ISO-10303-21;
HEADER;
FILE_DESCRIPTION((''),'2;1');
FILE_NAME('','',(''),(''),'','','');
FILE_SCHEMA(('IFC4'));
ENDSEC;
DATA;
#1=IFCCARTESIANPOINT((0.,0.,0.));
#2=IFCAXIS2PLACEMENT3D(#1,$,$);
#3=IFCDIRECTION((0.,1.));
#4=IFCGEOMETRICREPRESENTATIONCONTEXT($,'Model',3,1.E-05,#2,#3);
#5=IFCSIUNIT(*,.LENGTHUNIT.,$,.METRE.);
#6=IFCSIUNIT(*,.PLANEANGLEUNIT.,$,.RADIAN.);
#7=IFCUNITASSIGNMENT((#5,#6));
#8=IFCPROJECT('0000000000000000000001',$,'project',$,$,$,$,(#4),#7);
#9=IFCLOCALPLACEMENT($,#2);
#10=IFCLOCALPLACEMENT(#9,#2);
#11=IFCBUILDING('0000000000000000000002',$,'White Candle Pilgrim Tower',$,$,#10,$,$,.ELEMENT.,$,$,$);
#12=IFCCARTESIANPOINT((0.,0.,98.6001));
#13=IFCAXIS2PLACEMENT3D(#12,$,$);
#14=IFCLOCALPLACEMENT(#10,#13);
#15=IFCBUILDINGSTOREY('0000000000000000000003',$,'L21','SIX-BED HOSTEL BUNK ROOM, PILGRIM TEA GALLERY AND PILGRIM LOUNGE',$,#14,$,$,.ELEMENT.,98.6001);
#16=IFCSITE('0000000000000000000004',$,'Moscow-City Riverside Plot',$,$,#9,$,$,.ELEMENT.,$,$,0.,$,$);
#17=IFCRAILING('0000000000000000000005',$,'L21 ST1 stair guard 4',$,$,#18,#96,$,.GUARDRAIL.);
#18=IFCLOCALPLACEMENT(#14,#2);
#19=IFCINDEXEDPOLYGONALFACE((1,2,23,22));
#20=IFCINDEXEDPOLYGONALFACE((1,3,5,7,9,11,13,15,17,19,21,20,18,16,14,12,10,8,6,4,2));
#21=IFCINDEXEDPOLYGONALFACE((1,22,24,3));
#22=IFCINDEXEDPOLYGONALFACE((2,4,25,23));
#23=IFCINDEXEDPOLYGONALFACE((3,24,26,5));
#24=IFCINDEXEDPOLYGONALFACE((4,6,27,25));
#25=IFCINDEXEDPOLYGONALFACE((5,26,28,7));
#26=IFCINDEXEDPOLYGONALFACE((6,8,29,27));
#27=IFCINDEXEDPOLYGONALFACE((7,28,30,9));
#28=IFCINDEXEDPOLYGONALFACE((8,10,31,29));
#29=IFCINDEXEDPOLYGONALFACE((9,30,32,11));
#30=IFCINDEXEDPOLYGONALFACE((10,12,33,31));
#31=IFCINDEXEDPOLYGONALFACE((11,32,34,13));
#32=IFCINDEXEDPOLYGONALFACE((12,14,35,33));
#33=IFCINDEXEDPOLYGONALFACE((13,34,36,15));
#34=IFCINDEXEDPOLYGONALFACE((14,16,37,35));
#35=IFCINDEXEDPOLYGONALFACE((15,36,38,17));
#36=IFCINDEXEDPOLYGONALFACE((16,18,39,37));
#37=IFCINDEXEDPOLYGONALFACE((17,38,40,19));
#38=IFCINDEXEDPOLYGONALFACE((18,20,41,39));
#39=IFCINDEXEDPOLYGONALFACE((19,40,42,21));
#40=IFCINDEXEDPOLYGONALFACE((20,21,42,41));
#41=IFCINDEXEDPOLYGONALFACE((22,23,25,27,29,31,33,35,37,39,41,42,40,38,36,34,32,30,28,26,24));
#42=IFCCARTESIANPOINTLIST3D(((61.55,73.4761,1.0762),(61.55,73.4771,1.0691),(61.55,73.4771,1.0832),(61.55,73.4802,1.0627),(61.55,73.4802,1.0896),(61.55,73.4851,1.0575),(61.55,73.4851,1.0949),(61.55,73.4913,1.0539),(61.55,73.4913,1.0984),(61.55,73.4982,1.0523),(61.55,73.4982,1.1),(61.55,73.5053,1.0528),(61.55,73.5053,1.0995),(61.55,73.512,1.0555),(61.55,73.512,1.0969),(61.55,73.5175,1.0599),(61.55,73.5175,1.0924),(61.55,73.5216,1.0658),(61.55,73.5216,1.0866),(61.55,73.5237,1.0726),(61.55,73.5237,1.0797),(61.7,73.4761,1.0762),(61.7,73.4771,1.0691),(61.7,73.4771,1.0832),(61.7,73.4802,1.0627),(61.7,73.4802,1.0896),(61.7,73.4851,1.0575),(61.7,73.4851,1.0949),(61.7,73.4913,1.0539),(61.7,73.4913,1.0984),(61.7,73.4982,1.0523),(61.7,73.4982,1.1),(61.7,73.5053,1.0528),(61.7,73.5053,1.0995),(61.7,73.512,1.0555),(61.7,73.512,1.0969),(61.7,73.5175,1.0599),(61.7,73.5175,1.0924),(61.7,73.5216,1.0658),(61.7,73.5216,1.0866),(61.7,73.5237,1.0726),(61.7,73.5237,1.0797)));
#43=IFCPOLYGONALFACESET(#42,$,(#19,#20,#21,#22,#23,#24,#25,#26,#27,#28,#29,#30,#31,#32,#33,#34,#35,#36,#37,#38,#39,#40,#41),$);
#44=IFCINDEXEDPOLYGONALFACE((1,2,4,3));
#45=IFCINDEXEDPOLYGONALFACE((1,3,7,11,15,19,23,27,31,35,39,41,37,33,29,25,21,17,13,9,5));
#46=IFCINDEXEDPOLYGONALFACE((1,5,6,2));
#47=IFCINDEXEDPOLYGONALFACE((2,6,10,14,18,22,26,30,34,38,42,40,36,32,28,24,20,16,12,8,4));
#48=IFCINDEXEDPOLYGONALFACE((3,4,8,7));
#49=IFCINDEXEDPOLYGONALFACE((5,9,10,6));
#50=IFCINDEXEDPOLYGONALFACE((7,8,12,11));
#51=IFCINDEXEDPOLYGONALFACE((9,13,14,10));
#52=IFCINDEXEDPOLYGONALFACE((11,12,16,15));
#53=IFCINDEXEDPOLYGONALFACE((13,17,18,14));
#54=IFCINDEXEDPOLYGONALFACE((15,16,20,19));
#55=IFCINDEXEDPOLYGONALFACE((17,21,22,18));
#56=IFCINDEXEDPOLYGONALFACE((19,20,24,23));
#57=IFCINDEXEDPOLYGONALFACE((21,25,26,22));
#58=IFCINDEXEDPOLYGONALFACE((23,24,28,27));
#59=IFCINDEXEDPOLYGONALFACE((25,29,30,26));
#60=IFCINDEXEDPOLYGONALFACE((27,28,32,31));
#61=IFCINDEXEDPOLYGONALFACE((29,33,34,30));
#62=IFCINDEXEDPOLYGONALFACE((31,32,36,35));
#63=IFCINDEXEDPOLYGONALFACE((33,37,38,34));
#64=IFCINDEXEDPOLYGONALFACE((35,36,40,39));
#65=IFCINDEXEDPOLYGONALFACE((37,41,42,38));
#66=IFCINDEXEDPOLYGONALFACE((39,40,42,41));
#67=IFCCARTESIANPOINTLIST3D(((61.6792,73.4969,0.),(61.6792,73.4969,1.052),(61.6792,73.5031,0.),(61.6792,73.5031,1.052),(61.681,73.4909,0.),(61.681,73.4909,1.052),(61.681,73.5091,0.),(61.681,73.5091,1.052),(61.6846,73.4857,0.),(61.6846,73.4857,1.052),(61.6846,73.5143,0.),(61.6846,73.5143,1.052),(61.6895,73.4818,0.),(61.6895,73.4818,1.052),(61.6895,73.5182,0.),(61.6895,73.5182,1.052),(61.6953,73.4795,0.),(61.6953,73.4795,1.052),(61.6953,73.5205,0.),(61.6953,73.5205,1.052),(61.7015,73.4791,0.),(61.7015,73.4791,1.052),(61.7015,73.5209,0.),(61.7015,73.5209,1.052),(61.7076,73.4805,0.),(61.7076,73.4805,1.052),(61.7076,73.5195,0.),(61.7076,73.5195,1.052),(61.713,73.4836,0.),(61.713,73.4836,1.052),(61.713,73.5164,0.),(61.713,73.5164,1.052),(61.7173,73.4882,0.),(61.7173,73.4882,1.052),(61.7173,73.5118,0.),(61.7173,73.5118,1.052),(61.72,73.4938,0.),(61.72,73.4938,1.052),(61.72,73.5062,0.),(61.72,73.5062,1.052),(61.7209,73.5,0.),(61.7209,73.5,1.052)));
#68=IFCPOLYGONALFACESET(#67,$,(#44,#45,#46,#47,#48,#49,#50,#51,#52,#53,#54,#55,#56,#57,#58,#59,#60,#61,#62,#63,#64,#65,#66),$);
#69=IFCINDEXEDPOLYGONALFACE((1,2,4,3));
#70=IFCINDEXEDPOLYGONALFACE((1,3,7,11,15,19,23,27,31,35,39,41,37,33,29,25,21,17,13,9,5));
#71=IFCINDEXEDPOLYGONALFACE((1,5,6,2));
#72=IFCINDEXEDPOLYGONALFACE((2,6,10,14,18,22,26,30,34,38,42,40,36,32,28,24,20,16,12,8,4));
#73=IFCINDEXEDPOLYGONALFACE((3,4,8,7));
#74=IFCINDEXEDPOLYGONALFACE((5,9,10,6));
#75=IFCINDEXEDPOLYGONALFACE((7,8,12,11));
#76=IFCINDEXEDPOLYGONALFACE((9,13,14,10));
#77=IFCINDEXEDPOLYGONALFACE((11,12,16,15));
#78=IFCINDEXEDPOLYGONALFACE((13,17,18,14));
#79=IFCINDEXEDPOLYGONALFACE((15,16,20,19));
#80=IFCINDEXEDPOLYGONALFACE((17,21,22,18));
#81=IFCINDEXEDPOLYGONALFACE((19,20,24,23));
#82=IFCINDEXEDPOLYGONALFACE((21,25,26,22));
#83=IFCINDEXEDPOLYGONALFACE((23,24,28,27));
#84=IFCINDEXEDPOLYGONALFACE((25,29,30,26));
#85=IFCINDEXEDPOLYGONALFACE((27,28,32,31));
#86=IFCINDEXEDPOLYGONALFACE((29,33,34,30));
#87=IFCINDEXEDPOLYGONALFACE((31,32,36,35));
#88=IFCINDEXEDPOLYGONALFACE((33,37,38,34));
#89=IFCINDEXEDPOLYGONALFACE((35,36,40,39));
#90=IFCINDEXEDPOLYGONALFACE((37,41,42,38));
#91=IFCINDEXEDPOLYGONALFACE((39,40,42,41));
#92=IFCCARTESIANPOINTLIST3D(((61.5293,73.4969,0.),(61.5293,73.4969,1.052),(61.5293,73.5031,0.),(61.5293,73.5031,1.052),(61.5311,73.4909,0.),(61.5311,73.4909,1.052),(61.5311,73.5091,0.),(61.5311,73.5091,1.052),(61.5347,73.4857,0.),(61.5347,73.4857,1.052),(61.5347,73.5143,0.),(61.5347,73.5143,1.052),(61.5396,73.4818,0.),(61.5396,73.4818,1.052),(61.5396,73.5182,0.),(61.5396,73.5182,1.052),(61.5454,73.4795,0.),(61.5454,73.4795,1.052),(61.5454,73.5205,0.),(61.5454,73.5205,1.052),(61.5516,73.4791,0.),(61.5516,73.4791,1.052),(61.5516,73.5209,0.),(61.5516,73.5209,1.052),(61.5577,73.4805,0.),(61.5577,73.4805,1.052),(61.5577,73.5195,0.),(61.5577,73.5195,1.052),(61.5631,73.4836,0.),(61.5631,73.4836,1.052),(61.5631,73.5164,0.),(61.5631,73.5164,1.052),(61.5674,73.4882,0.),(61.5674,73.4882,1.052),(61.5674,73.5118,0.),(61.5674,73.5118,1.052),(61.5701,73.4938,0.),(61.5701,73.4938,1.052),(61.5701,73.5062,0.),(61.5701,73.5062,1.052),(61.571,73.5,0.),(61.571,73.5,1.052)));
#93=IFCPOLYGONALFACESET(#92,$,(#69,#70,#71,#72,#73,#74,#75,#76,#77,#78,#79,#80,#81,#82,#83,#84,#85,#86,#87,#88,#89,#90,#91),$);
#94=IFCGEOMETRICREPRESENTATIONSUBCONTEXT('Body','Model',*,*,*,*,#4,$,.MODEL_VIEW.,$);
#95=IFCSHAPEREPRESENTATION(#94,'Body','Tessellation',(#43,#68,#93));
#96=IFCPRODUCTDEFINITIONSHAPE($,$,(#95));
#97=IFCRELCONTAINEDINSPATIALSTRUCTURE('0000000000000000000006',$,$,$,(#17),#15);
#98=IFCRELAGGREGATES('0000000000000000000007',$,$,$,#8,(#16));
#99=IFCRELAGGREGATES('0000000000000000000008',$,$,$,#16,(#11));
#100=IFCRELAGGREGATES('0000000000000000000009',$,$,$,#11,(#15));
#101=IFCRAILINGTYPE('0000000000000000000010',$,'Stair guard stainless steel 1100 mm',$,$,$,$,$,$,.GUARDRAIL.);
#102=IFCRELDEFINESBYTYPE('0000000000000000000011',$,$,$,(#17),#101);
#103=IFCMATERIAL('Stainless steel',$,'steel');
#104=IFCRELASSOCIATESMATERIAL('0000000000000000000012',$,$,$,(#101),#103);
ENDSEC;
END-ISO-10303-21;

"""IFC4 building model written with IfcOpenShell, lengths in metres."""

from ifc_helpers import new_model, si_unit, direction, frame, origin, origin_2d, place, context, subcontext, project, spatial, circle, extrude, material, type_object, element, save


model = new_model("IFC4")

# Units and contexts
model_context = context("Model", 3, precision=1e-05, world=origin(), true_north=direction((0.0, 1.0)))
body_context = subcontext(model_context, "Body", "Model", "MODEL_VIEW")
ifc_project = project(units=[si_unit("LENGTHUNIT", "METRE"), si_unit("PLANEANGLEUNIT", "RADIAN")], contexts=[model_context])

# Site, building, storey
site_placement = place(None, origin())
site = spatial("IfcSite", under=ifc_project, at=site_placement, Name="Moscow-City Riverside Plot", CompositionType="ELEMENT", RefElevation=0.0)
building_placement = place(site_placement, origin())
building = spatial("IfcBuilding", under=site, at=building_placement, Name="White Candle Pilgrim Tower", CompositionType="ELEMENT")
storey_placement = place(building_placement, frame((0.0, 0.0, 98.6001)))
storey = spatial("IfcBuildingStorey", under=building, at=storey_placement, Name="L21", Description="SIX-BED HOSTEL BUNK ROOM, PILGRIM TEA GALLERY AND PILGRIM LOUNGE", CompositionType="ELEMENT", Elevation=98.6001)

# Shared definitions
ifc_material_1 = material(Name="Stainless steel", Category="steel")

# Railing
railing_type_1 = type_object("IfcRailingType", Name="Stair guard stainless steel 1100 mm", PredefinedType="GUARDRAIL", material=ifc_material_1)
railing_1_placement = place(storey_placement, frame((61.7, 73.5, 0.0)))
element("IfcRailing", 1, at=railing_1_placement, inside=storey, type_object=railing_type_1, Name="L21 ST1 stair guard 4", PredefinedType="GUARDRAIL", context=body_context, shape_type="SweptSolid", body=[
    extrude(circle(Radius=0.0239, at=origin_2d()), frame((0.0, 0.0, 1.0762), z_axis=(-1.0, 0.0, 0.0), x_axis=(0.0, -1.0, 0.0)), (0.0, 0.0, 1.0), 0.1499),
    extrude(circle(Radius=0.021, at=origin_2d()), origin(), (0.0, 0.0, 1.0), 1.052),
    extrude(circle(Radius=0.021, at=origin_2d()), frame((-0.1499, 0.0, 0.0)), (0.0, 0.0, 1.0), 1.052),
])

save(model, "model.ifc")
